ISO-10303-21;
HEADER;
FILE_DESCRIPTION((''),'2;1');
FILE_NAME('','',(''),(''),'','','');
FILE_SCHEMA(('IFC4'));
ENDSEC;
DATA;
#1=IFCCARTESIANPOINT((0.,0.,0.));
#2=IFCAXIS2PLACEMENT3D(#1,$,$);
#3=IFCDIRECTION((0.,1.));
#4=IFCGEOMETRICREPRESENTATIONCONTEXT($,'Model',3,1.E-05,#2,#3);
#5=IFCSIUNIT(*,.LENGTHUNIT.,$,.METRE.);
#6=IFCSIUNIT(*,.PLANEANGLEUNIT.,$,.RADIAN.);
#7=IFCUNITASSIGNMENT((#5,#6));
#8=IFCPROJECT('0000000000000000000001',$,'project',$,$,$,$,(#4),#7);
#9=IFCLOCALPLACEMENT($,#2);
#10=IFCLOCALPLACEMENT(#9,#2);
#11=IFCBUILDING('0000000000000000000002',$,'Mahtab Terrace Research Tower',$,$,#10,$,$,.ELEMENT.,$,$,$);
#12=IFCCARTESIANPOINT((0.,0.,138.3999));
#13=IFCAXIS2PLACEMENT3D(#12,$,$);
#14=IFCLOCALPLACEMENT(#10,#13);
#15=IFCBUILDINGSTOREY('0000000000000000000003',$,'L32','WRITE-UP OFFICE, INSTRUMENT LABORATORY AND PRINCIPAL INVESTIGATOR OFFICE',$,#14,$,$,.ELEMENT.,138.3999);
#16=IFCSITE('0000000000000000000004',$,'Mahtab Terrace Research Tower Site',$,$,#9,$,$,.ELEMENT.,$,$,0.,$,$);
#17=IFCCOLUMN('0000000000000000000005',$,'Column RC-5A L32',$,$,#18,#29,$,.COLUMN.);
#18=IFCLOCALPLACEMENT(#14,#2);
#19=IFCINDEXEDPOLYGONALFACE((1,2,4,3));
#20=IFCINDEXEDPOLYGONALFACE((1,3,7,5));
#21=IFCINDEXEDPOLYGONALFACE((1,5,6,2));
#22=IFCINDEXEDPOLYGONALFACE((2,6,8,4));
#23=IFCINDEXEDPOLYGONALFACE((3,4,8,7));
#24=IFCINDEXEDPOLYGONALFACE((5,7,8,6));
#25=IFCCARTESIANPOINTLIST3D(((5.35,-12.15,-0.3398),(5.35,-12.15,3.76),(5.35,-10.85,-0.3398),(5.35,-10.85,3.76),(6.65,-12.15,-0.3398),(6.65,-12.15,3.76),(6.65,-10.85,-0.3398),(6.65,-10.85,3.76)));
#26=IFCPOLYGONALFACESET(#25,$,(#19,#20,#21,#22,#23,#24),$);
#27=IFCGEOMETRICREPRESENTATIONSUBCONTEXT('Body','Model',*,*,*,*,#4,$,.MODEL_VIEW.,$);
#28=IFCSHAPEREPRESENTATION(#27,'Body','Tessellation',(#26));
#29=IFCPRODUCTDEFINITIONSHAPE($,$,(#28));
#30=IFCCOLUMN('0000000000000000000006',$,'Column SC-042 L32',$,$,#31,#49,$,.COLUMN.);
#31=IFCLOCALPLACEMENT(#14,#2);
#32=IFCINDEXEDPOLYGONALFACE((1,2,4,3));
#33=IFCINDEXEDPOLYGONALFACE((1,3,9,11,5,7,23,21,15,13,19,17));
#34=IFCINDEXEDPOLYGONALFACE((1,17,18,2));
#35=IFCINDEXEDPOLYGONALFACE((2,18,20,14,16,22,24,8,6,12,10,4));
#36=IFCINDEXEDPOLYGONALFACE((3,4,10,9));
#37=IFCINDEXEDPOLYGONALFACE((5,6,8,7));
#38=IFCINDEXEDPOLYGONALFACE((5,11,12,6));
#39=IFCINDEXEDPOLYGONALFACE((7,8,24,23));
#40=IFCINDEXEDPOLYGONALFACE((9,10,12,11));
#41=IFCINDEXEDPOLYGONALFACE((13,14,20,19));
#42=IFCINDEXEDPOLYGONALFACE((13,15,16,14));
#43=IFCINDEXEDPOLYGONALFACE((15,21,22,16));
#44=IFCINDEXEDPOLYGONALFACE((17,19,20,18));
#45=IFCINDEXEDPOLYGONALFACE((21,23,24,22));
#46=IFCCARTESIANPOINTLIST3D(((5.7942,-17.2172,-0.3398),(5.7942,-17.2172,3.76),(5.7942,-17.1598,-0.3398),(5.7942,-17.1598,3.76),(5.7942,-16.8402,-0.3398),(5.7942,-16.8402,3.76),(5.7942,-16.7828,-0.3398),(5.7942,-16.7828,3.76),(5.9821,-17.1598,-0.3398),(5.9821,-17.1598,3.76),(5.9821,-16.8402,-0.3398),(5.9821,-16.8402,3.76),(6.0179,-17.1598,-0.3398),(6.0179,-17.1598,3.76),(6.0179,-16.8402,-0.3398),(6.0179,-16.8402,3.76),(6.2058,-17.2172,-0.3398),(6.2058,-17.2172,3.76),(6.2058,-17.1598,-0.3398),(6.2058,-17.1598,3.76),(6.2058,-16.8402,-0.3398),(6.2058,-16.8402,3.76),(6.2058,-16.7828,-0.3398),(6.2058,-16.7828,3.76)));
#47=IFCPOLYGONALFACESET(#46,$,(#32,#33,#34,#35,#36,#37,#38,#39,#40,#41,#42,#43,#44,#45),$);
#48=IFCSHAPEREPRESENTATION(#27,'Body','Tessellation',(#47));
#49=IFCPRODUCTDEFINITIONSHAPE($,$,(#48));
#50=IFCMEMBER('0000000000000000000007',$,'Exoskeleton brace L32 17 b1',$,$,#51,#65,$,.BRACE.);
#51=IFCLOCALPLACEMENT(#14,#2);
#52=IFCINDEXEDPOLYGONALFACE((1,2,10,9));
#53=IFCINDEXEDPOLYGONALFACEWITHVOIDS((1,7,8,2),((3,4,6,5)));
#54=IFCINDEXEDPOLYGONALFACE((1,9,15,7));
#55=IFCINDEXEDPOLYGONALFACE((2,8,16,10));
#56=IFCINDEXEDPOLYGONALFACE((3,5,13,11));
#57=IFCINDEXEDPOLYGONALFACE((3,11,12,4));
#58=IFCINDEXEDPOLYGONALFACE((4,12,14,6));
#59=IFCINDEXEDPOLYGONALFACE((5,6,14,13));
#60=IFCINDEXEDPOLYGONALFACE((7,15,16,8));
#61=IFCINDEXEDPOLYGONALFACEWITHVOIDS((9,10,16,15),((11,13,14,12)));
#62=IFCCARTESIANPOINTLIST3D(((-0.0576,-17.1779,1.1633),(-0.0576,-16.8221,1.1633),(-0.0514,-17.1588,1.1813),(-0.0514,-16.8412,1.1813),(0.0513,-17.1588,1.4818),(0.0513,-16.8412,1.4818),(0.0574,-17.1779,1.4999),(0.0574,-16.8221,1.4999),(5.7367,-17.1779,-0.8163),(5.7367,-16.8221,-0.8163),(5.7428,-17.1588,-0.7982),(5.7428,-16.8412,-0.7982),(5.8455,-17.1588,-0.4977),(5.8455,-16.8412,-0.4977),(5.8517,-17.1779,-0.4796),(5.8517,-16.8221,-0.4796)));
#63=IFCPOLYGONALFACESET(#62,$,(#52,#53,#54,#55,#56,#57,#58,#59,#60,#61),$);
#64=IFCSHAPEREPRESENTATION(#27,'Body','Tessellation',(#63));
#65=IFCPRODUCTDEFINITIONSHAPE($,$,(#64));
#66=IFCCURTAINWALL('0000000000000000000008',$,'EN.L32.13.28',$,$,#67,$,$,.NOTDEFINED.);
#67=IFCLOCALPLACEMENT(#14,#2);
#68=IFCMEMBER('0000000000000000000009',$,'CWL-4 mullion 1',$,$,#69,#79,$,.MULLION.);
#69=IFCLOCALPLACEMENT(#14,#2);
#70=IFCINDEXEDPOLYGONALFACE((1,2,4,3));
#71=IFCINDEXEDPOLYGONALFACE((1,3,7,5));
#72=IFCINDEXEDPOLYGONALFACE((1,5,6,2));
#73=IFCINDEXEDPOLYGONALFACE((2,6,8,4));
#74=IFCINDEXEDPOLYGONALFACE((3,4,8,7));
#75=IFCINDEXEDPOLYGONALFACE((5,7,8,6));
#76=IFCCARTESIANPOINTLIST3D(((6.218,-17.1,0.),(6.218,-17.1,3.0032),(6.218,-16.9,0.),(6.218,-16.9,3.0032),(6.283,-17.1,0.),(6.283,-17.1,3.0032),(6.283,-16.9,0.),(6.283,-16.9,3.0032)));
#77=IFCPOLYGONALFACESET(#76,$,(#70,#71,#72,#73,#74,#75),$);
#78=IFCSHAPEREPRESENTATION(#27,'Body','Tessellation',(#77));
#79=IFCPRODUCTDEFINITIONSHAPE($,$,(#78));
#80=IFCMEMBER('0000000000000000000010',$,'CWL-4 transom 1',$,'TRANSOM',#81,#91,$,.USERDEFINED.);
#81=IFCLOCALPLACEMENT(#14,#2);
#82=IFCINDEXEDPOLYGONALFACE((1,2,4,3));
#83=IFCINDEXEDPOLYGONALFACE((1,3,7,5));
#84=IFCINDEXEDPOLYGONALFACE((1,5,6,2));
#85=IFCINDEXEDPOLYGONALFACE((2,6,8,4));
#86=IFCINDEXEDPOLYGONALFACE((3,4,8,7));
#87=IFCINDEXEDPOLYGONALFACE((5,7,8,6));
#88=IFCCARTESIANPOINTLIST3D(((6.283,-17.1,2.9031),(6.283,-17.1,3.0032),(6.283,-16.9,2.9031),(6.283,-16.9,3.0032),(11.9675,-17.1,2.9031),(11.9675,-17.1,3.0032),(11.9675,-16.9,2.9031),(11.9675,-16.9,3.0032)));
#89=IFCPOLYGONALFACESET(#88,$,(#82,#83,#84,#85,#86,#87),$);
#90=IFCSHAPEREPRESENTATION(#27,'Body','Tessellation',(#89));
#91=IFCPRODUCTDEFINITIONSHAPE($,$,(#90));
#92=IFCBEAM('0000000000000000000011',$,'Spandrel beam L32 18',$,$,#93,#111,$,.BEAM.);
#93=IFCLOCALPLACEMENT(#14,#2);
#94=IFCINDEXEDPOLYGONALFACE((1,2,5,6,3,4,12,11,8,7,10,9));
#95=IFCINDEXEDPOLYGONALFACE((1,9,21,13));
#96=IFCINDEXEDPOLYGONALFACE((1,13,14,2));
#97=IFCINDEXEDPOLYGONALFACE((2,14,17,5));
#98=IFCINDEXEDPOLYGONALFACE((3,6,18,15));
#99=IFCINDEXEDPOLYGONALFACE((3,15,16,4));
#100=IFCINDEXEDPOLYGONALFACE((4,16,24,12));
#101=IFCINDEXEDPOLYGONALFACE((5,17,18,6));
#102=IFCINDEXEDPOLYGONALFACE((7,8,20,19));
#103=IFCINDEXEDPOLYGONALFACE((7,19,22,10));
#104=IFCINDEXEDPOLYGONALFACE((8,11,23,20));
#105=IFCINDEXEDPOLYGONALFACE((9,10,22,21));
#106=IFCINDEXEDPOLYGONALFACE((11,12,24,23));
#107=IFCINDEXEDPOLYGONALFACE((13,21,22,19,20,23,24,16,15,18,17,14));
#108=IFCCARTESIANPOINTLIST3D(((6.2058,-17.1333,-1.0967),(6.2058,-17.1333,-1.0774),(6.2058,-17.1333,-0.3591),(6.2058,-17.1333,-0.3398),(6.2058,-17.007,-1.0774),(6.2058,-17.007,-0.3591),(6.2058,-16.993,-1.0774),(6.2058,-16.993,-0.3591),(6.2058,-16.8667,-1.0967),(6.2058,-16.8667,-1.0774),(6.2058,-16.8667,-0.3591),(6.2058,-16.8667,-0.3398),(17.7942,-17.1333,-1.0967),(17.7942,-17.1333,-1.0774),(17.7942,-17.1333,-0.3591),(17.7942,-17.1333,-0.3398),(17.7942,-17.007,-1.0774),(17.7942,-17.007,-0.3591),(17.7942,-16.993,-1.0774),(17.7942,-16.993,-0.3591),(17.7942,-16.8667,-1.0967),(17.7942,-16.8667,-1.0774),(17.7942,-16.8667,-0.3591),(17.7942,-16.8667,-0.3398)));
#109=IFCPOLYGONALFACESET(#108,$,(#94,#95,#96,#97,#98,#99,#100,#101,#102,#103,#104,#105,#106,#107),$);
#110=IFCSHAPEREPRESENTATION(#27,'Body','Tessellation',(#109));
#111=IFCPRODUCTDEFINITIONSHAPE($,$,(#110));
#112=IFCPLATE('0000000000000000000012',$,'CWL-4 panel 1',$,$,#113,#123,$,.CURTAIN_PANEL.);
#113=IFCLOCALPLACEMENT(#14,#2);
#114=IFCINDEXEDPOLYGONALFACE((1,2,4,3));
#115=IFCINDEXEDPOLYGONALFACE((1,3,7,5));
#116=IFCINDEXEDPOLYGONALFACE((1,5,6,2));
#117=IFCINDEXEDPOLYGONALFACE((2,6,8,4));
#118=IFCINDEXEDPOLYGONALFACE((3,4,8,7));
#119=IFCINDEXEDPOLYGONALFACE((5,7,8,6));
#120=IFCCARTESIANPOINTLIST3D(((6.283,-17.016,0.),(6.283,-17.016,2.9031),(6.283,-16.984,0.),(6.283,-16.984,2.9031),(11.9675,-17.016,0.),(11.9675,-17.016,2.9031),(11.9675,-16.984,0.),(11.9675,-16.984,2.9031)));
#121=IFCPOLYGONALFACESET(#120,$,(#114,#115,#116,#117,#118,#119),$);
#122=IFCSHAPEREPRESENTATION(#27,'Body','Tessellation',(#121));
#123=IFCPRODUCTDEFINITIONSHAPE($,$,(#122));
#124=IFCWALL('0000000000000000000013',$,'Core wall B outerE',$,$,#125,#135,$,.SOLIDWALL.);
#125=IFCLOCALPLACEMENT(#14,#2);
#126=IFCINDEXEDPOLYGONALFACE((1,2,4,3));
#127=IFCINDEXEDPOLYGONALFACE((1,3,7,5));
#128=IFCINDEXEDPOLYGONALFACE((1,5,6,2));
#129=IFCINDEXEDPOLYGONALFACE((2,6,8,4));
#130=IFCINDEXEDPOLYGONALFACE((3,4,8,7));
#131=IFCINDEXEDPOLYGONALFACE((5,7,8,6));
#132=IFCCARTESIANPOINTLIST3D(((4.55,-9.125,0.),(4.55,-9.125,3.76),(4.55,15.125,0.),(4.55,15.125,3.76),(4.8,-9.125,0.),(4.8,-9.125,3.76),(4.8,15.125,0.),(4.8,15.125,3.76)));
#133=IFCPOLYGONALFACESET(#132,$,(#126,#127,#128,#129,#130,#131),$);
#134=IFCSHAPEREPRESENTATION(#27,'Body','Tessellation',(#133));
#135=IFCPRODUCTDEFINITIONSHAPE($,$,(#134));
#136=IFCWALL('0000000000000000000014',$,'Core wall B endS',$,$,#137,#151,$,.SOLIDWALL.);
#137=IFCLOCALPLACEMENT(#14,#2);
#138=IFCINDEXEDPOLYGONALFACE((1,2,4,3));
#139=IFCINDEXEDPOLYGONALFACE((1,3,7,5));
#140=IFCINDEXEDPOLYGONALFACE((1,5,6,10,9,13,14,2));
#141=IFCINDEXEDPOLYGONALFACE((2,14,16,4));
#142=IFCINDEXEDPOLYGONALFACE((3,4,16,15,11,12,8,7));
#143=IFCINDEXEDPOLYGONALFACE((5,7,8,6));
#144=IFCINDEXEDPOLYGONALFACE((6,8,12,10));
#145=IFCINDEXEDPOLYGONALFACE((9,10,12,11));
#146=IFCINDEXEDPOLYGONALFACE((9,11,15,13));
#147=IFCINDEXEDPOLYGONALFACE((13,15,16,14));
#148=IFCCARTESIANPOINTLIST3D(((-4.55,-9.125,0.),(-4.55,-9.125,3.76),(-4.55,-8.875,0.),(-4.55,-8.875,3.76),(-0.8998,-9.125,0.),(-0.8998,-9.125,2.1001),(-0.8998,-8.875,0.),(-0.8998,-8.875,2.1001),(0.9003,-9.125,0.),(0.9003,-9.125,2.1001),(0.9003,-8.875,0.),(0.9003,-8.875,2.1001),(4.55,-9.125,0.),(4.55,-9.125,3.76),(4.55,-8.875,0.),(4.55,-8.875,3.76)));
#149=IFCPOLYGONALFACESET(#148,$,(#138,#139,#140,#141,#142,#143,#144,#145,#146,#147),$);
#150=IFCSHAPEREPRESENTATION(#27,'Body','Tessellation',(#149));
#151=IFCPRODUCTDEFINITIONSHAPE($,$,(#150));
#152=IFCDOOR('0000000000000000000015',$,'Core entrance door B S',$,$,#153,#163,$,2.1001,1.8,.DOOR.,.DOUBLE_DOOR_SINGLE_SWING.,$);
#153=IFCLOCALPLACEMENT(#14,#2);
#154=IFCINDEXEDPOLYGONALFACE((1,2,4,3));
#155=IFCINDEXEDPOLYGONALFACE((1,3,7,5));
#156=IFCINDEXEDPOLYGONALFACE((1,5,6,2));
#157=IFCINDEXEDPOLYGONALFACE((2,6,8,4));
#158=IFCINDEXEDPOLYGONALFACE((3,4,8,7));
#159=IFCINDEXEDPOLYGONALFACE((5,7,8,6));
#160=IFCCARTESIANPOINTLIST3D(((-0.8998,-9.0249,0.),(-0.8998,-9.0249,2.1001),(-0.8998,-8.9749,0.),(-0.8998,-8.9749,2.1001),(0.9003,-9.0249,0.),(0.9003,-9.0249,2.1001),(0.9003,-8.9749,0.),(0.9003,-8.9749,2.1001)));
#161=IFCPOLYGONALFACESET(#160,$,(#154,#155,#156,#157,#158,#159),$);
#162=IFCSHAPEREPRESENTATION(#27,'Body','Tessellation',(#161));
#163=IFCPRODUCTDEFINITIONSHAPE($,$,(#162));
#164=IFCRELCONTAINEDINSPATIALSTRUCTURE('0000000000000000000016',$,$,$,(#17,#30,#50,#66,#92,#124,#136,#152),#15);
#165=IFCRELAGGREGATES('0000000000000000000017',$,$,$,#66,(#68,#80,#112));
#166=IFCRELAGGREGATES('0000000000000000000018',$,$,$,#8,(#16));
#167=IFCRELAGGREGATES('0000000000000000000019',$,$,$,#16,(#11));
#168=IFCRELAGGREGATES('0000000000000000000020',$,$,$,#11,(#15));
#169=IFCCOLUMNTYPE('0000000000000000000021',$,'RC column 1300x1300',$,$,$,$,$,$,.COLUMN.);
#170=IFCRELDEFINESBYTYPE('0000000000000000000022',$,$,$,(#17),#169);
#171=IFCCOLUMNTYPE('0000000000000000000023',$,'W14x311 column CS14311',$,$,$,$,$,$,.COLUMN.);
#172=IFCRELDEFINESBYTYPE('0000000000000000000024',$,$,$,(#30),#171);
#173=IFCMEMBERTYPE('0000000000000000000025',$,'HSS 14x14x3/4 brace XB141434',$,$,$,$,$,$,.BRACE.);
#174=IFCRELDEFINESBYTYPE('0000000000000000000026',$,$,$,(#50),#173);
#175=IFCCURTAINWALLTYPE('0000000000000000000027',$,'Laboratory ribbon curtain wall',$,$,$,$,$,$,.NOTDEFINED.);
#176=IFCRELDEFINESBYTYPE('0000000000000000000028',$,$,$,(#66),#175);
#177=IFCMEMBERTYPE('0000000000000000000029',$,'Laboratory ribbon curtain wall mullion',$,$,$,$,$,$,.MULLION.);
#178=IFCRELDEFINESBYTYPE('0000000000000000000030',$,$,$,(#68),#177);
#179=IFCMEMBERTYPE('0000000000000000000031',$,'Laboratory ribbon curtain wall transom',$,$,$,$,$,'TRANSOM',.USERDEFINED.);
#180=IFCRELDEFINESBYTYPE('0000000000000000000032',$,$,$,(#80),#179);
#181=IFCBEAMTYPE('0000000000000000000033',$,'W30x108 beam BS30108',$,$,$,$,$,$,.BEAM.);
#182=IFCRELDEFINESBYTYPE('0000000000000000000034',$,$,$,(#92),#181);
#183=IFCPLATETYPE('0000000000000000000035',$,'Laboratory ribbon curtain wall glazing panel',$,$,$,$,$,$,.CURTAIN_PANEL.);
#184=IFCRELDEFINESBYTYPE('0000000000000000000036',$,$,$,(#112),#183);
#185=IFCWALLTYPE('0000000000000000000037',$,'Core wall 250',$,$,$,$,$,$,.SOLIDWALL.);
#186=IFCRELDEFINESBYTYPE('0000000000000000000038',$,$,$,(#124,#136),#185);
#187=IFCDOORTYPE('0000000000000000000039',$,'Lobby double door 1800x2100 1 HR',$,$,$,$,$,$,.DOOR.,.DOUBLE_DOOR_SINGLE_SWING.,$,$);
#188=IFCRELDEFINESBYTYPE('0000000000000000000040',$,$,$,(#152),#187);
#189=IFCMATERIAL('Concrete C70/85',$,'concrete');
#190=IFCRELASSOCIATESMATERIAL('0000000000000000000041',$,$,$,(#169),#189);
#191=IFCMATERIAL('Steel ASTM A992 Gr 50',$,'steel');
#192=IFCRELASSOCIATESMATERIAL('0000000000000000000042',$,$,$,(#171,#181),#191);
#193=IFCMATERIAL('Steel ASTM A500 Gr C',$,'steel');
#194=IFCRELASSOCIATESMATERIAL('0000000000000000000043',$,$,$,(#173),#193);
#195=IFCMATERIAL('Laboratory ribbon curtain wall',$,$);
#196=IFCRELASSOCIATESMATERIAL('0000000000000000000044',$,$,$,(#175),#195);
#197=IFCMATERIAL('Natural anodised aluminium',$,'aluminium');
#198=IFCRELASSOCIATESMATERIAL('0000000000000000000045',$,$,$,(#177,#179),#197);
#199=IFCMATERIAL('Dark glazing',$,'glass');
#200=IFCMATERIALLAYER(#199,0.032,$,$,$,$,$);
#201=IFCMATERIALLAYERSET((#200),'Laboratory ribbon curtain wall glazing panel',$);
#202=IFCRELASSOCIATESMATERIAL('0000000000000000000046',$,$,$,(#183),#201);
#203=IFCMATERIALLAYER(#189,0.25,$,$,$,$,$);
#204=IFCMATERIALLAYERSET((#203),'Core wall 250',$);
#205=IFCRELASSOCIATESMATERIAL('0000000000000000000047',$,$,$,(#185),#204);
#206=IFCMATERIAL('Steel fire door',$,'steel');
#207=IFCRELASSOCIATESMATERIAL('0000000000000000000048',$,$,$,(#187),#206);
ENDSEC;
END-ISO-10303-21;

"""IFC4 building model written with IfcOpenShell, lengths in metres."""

from ifc_helpers import new_model, si_unit, direction, frame, frame_2d, origin, origin_2d, place, context, subcontext, project, spatial, rectangle, hollow_rectangle, i_section, extrude, material, layer, layer_set, material_profile, profile_set, type_object, element, fill, aggregate, save


model = new_model("IFC4")

# Units and contexts
model_context = context("Model", 3, precision=1e-05, world=origin(), true_north=direction((0.0, 1.0)))
body_context = subcontext(model_context, "Body", "Model", "MODEL_VIEW")
ifc_project = project(units=[si_unit("LENGTHUNIT", "METRE"), si_unit("PLANEANGLEUNIT", "RADIAN")], contexts=[model_context])

# Site, building, storey
site_placement = place(None, origin())
site = spatial("IfcSite", under=ifc_project, at=site_placement, Name="Mahtab Terrace Research Tower Site", CompositionType="ELEMENT", RefElevation=0.0)
building_placement = place(site_placement, origin())
building = spatial("IfcBuilding", under=site, at=building_placement, Name="Mahtab Terrace Research Tower", CompositionType="ELEMENT")
storey_placement = place(building_placement, frame((0.0, 0.0, 138.3999)))
storey = spatial("IfcBuildingStorey", under=building, at=storey_placement, Name="L32", Description="WRITE-UP OFFICE, INSTRUMENT LABORATORY AND PRINCIPAL INVESTIGATOR OFFICE", CompositionType="ELEMENT", Elevation=138.3999)

# Columns
ifc_material_1 = material(Name="Concrete C70/85", Category="concrete")
ifc_material_profile_1 = material_profile(ifc_material_1, rectangle(XDim=1.3, YDim=1.3, at=origin_2d()), Name="RC column 1300x1300")
ifc_profile_set_1 = profile_set([ifc_material_profile_1], Name="Concrete C70/85")
column_type_1 = type_object("IfcColumnType", Name="RC column 1300x1300", PredefinedType="COLUMN", material=ifc_profile_set_1)
column_1_placement = place(storey_placement, frame((6.0, -11.5, -0.3398), z_axis=(0.0, 0.0, 1.0), x_axis=(1.0, 0.0, 0.0)))
element("IfcColumn", 1, at=column_1_placement, inside=storey, type_object=column_type_1, Name="Column RC-5A L32", PredefinedType="COLUMN", context=body_context, shape_type="SweptSolid", body=[
    extrude(rectangle(XDim=1.3, YDim=1.3, at=origin_2d()), origin(), (0.0, 0.0, 1.0), 4.0999),
])
ifc_material_2 = material(Name="Steel ASTM A992 Gr 50", Category="steel")
ifc_material_profile_2 = material_profile(ifc_material_2, i_section(OverallWidth=0.4116, OverallDepth=0.4343, WebThickness=0.0359, FlangeThickness=0.0574, at=origin_2d()), Name="W14X311")
ifc_profile_set_2 = profile_set([ifc_material_profile_2], Name="Steel ASTM A992 Gr 50")
column_type_2 = type_object("IfcColumnType", Name="W14x311 column CS14311", PredefinedType="COLUMN", material=ifc_profile_set_2)
column_2_placement = place(storey_placement, frame((6.0, -17.0, -0.3398), z_axis=(0.0, 0.0, 1.0), x_axis=(1.0, 0.0, 0.0)))
element("IfcColumn", 2, at=column_2_placement, inside=storey, type_object=column_type_2, Name="Column SC-042 L32", PredefinedType="COLUMN", context=body_context, shape_type="SweptSolid", body=[
    extrude(i_section(OverallWidth=0.4116, OverallDepth=0.4343, WebThickness=0.0359, FlangeThickness=0.0574, at=origin_2d()), origin(), (0.0, 0.0, 1.0), 4.0999),
])

# Member
ifc_material_3 = material(Name="Steel ASTM A500 Gr C", Category="steel")
ifc_material_profile_3 = material_profile(ifc_material_3, hollow_rectangle(XDim=0.3557, YDim=0.3557, WallThickness=0.019, at=origin_2d()), Name="HSS14X14X3/4")
ifc_profile_set_3 = profile_set([ifc_material_profile_3], Name="Steel ASTM A500 Gr C")
member_type_1 = type_object("IfcMemberType", Name="HSS 14x14x3/4 brace XB141434", PredefinedType="BRACE", material=ifc_profile_set_3)
member_1_placement = place(storey_placement, frame((5.7942, -17.0, -0.6479), z_axis=(-0.9463, 0.0, 0.323288), x_axis=(0.0, -1.0, 0.0)))
element("IfcMember", 3, at=member_1_placement, inside=storey, type_object=member_type_1, Name="Exoskeleton brace L32 17 b1", PredefinedType="BRACE", context=body_context, shape_type="SweptSolid", body=[
    extrude(hollow_rectangle(XDim=0.3557, YDim=0.3557, WallThickness=0.019, at=origin_2d()), origin(), (0.0, 0.0, 1.0), 6.123),
])

# Curtain wall, members
ifc_material_4 = material(Name="Laboratory ribbon curtain wall")
curtain_wall_type = type_object("IfcCurtainWallType", Name="Laboratory ribbon curtain wall", PredefinedType="NOTDEFINED", material=ifc_material_4)
curtain_wall_placement = place(storey_placement, origin())
curtain_wall = element("IfcCurtainWall", 4, at=curtain_wall_placement, inside=storey, type_object=curtain_wall_type, Name="EN.L32.13.28", PredefinedType="NOTDEFINED")
ifc_material_5 = material(Name="Natural anodised aluminium", Category="aluminium")
ifc_material_profile_4 = material_profile(ifc_material_5, rectangle(XDim=0.2, YDim=0.0649, at=origin_2d()), Name="MULLION 65x200")
ifc_profile_set_4 = profile_set([ifc_material_profile_4], Name="Natural anodised aluminium")
member_type_2 = type_object("IfcMemberType", Name="Laboratory ribbon curtain wall mullion", PredefinedType="MULLION", material=ifc_profile_set_4)
member_2_placement = place(storey_placement, frame((6.2505, -17.0, 0.0), z_axis=(0.0, 0.0, 1.0), x_axis=(0.0, 1.0, 0.0)))
member_2 = element("IfcMember", 5, at=member_2_placement, type_object=member_type_2, Name="CWL-4 mullion 1", PredefinedType="MULLION", context=body_context, shape_type="SweptSolid", body=[
    extrude(rectangle(XDim=0.2, YDim=0.0649, at=origin_2d()), origin(), (0.0, 0.0, 1.0), 3.0032),
])
ifc_material_profile_5 = material_profile(ifc_material_5, rectangle(XDim=0.2, YDim=0.1001, at=origin_2d()), Name="TRANSOM 100x200")
ifc_profile_set_5 = profile_set([ifc_material_profile_5], Name="Natural anodised aluminium")
member_type_3 = type_object("IfcMemberType", Name="Laboratory ribbon curtain wall transom", ElementType="TRANSOM", PredefinedType="USERDEFINED", material=ifc_profile_set_5)
member_3_placement = place(storey_placement, frame((6.283, -17.0, 2.9531), z_axis=(1.0, 0.0, 0.0), x_axis=(0.0, 1.0, 0.0)))
member_3 = element("IfcMember", 6, at=member_3_placement, type_object=member_type_3, Name="CWL-4 transom 1", ObjectType="TRANSOM", PredefinedType="USERDEFINED", context=body_context, shape_type="SweptSolid", body=[
    extrude(rectangle(XDim=0.2, YDim=0.1001, at=origin_2d()), origin(), (0.0, 0.0, 1.0), 5.6846),
])

# Beam
ifc_material_profile_6 = material_profile(ifc_material_2, i_section(OverallWidth=0.2666, OverallDepth=0.7568, WebThickness=0.0139, FlangeThickness=0.0193, at=origin_2d()), Name="W30X108")
ifc_profile_set_6 = profile_set([ifc_material_profile_6], Name="Steel ASTM A992 Gr 50")
beam_type = type_object("IfcBeamType", Name="W30x108 beam BS30108", PredefinedType="BEAM", material=ifc_profile_set_6)
beam_placement = place(storey_placement, frame((6.2058, -17.0, -0.7183), z_axis=(1.0, 0.0, 0.0), x_axis=(0.0, 1.0, 0.0)))
element("IfcBeam", 7, at=beam_placement, inside=storey, type_object=beam_type, Name="Spandrel beam L32 18", PredefinedType="BEAM", context=body_context, shape_type="SweptSolid", body=[
    extrude(i_section(OverallWidth=0.2666, OverallDepth=0.7568, WebThickness=0.0139, FlangeThickness=0.0193, at=origin_2d()), origin(), (0.0, 0.0, 1.0), 11.5884),
])

# Plate
ifc_material_6 = material(Name="Dark glazing", Category="glass")
ifc_layer_1 = layer(ifc_material_6, 0.032)
ifc_layer_set_1 = layer_set([ifc_layer_1], Name="Laboratory ribbon curtain wall glazing panel")
plate_type = type_object("IfcPlateType", Name="Laboratory ribbon curtain wall glazing panel", PredefinedType="CURTAIN_PANEL", material=ifc_layer_set_1)
plate_placement = place(storey_placement, frame((9.1252, -17.0, 0.0), z_axis=(0.0, 0.0, 1.0), x_axis=(1.0, 0.0, 0.0)))
plate = element("IfcPlate", 8, at=plate_placement, type_object=plate_type, Name="CWL-4 panel 1", PredefinedType="CURTAIN_PANEL", context=body_context, shape_type="SweptSolid", body=[
    extrude(rectangle(XDim=5.6846, YDim=0.032, at=origin_2d()), origin(), (0.0, 0.0, 1.0), 2.9031),
])
aggregate(curtain_wall, [member_2, member_3, plate])

# Wall
ifc_layer_2 = layer(ifc_material_1, 0.25)
ifc_layer_set_2 = layer_set([ifc_layer_2], Name="Core wall 250")
wall_type_1 = type_object("IfcWallType", Name="Core wall 250", PredefinedType="SOLIDWALL", material=ifc_layer_set_2)
wall_1_placement = place(storey_placement, frame((4.675, -9.125, 0.0), z_axis=(0.0, 0.0, 1.0), x_axis=(0.0, 1.0, 0.0)))
element("IfcWall", 9, at=wall_1_placement, inside=storey, type_object=wall_type_1, Name="Core wall B outerE", PredefinedType="SOLIDWALL", context=body_context, shape_type="SweptSolid", body=[
    extrude(rectangle(XDim=24.25, YDim=0.25, at=frame_2d((12.125, 0.0))), origin(), (0.0, 0.0, 1.0), 3.76),
])

# Wall, opening, door
wall_2_placement = place(storey_placement, frame((4.55, -9.0, 0.0), z_axis=(0.0, 0.0, 1.0), x_axis=(-1.0, 0.0, 0.0)))
wall_2 = element("IfcWall", 10, at=wall_2_placement, inside=storey, type_object=wall_type_1, Name="Core wall B endS", PredefinedType="SOLIDWALL", context=body_context, shape_type="SweptSolid", body=[
    extrude(rectangle(XDim=9.1001, YDim=0.25, at=frame_2d((4.55, 0.0))), origin(), (0.0, 0.0, 1.0), 3.76),
])
opening_1_placement = place(wall_2_placement, frame((3.6499, 0.0, 0.0)))
opening_1 = element("IfcOpeningElement", 11, at=opening_1_placement, cuts=wall_2, PredefinedType="OPENING", context=body_context, shape_type="SweptSolid", body=[
    extrude(rectangle(XDim=1.8, YDim=2.1001, at=frame_2d((0.8999, 1.05))), frame((0.0, 0.135, 0.0), z_axis=(0.0, -1.0, 0.0), x_axis=(1.0, 0.0, 0.0)), (0.0, 0.0, 1.0), 0.27),
])
ifc_material_7 = material(Name="Steel fire door", Category="steel")
door_type_1 = type_object("IfcDoorType", Name="Lobby double door 1800x2100 1 HR", OperationType="DOUBLE_DOOR_SINGLE_SWING", PredefinedType="DOOR", material=ifc_material_7)
door_1_placement = place(opening_1_placement, origin())
door_1 = element("IfcDoor", 12, at=door_1_placement, inside=storey, type_object=door_type_1, Name="Core entrance door B S", OperationType="DOUBLE_DOOR_SINGLE_SWING", OverallHeight=2.1001, OverallWidth=1.8, PredefinedType="DOOR", context=body_context, shape_type="SweptSolid", body=[
    extrude(rectangle(XDim=1.8, YDim=2.1001, at=frame_2d((0.8999, 1.05))), frame((0.0, 0.0249, 0.0), z_axis=(0.0, -1.0, 0.0), x_axis=(1.0, 0.0, 0.0)), (0.0, 0.0, 1.0), 0.05),
])
fill(opening_1, door_1)

save(model, "model.ifc")
